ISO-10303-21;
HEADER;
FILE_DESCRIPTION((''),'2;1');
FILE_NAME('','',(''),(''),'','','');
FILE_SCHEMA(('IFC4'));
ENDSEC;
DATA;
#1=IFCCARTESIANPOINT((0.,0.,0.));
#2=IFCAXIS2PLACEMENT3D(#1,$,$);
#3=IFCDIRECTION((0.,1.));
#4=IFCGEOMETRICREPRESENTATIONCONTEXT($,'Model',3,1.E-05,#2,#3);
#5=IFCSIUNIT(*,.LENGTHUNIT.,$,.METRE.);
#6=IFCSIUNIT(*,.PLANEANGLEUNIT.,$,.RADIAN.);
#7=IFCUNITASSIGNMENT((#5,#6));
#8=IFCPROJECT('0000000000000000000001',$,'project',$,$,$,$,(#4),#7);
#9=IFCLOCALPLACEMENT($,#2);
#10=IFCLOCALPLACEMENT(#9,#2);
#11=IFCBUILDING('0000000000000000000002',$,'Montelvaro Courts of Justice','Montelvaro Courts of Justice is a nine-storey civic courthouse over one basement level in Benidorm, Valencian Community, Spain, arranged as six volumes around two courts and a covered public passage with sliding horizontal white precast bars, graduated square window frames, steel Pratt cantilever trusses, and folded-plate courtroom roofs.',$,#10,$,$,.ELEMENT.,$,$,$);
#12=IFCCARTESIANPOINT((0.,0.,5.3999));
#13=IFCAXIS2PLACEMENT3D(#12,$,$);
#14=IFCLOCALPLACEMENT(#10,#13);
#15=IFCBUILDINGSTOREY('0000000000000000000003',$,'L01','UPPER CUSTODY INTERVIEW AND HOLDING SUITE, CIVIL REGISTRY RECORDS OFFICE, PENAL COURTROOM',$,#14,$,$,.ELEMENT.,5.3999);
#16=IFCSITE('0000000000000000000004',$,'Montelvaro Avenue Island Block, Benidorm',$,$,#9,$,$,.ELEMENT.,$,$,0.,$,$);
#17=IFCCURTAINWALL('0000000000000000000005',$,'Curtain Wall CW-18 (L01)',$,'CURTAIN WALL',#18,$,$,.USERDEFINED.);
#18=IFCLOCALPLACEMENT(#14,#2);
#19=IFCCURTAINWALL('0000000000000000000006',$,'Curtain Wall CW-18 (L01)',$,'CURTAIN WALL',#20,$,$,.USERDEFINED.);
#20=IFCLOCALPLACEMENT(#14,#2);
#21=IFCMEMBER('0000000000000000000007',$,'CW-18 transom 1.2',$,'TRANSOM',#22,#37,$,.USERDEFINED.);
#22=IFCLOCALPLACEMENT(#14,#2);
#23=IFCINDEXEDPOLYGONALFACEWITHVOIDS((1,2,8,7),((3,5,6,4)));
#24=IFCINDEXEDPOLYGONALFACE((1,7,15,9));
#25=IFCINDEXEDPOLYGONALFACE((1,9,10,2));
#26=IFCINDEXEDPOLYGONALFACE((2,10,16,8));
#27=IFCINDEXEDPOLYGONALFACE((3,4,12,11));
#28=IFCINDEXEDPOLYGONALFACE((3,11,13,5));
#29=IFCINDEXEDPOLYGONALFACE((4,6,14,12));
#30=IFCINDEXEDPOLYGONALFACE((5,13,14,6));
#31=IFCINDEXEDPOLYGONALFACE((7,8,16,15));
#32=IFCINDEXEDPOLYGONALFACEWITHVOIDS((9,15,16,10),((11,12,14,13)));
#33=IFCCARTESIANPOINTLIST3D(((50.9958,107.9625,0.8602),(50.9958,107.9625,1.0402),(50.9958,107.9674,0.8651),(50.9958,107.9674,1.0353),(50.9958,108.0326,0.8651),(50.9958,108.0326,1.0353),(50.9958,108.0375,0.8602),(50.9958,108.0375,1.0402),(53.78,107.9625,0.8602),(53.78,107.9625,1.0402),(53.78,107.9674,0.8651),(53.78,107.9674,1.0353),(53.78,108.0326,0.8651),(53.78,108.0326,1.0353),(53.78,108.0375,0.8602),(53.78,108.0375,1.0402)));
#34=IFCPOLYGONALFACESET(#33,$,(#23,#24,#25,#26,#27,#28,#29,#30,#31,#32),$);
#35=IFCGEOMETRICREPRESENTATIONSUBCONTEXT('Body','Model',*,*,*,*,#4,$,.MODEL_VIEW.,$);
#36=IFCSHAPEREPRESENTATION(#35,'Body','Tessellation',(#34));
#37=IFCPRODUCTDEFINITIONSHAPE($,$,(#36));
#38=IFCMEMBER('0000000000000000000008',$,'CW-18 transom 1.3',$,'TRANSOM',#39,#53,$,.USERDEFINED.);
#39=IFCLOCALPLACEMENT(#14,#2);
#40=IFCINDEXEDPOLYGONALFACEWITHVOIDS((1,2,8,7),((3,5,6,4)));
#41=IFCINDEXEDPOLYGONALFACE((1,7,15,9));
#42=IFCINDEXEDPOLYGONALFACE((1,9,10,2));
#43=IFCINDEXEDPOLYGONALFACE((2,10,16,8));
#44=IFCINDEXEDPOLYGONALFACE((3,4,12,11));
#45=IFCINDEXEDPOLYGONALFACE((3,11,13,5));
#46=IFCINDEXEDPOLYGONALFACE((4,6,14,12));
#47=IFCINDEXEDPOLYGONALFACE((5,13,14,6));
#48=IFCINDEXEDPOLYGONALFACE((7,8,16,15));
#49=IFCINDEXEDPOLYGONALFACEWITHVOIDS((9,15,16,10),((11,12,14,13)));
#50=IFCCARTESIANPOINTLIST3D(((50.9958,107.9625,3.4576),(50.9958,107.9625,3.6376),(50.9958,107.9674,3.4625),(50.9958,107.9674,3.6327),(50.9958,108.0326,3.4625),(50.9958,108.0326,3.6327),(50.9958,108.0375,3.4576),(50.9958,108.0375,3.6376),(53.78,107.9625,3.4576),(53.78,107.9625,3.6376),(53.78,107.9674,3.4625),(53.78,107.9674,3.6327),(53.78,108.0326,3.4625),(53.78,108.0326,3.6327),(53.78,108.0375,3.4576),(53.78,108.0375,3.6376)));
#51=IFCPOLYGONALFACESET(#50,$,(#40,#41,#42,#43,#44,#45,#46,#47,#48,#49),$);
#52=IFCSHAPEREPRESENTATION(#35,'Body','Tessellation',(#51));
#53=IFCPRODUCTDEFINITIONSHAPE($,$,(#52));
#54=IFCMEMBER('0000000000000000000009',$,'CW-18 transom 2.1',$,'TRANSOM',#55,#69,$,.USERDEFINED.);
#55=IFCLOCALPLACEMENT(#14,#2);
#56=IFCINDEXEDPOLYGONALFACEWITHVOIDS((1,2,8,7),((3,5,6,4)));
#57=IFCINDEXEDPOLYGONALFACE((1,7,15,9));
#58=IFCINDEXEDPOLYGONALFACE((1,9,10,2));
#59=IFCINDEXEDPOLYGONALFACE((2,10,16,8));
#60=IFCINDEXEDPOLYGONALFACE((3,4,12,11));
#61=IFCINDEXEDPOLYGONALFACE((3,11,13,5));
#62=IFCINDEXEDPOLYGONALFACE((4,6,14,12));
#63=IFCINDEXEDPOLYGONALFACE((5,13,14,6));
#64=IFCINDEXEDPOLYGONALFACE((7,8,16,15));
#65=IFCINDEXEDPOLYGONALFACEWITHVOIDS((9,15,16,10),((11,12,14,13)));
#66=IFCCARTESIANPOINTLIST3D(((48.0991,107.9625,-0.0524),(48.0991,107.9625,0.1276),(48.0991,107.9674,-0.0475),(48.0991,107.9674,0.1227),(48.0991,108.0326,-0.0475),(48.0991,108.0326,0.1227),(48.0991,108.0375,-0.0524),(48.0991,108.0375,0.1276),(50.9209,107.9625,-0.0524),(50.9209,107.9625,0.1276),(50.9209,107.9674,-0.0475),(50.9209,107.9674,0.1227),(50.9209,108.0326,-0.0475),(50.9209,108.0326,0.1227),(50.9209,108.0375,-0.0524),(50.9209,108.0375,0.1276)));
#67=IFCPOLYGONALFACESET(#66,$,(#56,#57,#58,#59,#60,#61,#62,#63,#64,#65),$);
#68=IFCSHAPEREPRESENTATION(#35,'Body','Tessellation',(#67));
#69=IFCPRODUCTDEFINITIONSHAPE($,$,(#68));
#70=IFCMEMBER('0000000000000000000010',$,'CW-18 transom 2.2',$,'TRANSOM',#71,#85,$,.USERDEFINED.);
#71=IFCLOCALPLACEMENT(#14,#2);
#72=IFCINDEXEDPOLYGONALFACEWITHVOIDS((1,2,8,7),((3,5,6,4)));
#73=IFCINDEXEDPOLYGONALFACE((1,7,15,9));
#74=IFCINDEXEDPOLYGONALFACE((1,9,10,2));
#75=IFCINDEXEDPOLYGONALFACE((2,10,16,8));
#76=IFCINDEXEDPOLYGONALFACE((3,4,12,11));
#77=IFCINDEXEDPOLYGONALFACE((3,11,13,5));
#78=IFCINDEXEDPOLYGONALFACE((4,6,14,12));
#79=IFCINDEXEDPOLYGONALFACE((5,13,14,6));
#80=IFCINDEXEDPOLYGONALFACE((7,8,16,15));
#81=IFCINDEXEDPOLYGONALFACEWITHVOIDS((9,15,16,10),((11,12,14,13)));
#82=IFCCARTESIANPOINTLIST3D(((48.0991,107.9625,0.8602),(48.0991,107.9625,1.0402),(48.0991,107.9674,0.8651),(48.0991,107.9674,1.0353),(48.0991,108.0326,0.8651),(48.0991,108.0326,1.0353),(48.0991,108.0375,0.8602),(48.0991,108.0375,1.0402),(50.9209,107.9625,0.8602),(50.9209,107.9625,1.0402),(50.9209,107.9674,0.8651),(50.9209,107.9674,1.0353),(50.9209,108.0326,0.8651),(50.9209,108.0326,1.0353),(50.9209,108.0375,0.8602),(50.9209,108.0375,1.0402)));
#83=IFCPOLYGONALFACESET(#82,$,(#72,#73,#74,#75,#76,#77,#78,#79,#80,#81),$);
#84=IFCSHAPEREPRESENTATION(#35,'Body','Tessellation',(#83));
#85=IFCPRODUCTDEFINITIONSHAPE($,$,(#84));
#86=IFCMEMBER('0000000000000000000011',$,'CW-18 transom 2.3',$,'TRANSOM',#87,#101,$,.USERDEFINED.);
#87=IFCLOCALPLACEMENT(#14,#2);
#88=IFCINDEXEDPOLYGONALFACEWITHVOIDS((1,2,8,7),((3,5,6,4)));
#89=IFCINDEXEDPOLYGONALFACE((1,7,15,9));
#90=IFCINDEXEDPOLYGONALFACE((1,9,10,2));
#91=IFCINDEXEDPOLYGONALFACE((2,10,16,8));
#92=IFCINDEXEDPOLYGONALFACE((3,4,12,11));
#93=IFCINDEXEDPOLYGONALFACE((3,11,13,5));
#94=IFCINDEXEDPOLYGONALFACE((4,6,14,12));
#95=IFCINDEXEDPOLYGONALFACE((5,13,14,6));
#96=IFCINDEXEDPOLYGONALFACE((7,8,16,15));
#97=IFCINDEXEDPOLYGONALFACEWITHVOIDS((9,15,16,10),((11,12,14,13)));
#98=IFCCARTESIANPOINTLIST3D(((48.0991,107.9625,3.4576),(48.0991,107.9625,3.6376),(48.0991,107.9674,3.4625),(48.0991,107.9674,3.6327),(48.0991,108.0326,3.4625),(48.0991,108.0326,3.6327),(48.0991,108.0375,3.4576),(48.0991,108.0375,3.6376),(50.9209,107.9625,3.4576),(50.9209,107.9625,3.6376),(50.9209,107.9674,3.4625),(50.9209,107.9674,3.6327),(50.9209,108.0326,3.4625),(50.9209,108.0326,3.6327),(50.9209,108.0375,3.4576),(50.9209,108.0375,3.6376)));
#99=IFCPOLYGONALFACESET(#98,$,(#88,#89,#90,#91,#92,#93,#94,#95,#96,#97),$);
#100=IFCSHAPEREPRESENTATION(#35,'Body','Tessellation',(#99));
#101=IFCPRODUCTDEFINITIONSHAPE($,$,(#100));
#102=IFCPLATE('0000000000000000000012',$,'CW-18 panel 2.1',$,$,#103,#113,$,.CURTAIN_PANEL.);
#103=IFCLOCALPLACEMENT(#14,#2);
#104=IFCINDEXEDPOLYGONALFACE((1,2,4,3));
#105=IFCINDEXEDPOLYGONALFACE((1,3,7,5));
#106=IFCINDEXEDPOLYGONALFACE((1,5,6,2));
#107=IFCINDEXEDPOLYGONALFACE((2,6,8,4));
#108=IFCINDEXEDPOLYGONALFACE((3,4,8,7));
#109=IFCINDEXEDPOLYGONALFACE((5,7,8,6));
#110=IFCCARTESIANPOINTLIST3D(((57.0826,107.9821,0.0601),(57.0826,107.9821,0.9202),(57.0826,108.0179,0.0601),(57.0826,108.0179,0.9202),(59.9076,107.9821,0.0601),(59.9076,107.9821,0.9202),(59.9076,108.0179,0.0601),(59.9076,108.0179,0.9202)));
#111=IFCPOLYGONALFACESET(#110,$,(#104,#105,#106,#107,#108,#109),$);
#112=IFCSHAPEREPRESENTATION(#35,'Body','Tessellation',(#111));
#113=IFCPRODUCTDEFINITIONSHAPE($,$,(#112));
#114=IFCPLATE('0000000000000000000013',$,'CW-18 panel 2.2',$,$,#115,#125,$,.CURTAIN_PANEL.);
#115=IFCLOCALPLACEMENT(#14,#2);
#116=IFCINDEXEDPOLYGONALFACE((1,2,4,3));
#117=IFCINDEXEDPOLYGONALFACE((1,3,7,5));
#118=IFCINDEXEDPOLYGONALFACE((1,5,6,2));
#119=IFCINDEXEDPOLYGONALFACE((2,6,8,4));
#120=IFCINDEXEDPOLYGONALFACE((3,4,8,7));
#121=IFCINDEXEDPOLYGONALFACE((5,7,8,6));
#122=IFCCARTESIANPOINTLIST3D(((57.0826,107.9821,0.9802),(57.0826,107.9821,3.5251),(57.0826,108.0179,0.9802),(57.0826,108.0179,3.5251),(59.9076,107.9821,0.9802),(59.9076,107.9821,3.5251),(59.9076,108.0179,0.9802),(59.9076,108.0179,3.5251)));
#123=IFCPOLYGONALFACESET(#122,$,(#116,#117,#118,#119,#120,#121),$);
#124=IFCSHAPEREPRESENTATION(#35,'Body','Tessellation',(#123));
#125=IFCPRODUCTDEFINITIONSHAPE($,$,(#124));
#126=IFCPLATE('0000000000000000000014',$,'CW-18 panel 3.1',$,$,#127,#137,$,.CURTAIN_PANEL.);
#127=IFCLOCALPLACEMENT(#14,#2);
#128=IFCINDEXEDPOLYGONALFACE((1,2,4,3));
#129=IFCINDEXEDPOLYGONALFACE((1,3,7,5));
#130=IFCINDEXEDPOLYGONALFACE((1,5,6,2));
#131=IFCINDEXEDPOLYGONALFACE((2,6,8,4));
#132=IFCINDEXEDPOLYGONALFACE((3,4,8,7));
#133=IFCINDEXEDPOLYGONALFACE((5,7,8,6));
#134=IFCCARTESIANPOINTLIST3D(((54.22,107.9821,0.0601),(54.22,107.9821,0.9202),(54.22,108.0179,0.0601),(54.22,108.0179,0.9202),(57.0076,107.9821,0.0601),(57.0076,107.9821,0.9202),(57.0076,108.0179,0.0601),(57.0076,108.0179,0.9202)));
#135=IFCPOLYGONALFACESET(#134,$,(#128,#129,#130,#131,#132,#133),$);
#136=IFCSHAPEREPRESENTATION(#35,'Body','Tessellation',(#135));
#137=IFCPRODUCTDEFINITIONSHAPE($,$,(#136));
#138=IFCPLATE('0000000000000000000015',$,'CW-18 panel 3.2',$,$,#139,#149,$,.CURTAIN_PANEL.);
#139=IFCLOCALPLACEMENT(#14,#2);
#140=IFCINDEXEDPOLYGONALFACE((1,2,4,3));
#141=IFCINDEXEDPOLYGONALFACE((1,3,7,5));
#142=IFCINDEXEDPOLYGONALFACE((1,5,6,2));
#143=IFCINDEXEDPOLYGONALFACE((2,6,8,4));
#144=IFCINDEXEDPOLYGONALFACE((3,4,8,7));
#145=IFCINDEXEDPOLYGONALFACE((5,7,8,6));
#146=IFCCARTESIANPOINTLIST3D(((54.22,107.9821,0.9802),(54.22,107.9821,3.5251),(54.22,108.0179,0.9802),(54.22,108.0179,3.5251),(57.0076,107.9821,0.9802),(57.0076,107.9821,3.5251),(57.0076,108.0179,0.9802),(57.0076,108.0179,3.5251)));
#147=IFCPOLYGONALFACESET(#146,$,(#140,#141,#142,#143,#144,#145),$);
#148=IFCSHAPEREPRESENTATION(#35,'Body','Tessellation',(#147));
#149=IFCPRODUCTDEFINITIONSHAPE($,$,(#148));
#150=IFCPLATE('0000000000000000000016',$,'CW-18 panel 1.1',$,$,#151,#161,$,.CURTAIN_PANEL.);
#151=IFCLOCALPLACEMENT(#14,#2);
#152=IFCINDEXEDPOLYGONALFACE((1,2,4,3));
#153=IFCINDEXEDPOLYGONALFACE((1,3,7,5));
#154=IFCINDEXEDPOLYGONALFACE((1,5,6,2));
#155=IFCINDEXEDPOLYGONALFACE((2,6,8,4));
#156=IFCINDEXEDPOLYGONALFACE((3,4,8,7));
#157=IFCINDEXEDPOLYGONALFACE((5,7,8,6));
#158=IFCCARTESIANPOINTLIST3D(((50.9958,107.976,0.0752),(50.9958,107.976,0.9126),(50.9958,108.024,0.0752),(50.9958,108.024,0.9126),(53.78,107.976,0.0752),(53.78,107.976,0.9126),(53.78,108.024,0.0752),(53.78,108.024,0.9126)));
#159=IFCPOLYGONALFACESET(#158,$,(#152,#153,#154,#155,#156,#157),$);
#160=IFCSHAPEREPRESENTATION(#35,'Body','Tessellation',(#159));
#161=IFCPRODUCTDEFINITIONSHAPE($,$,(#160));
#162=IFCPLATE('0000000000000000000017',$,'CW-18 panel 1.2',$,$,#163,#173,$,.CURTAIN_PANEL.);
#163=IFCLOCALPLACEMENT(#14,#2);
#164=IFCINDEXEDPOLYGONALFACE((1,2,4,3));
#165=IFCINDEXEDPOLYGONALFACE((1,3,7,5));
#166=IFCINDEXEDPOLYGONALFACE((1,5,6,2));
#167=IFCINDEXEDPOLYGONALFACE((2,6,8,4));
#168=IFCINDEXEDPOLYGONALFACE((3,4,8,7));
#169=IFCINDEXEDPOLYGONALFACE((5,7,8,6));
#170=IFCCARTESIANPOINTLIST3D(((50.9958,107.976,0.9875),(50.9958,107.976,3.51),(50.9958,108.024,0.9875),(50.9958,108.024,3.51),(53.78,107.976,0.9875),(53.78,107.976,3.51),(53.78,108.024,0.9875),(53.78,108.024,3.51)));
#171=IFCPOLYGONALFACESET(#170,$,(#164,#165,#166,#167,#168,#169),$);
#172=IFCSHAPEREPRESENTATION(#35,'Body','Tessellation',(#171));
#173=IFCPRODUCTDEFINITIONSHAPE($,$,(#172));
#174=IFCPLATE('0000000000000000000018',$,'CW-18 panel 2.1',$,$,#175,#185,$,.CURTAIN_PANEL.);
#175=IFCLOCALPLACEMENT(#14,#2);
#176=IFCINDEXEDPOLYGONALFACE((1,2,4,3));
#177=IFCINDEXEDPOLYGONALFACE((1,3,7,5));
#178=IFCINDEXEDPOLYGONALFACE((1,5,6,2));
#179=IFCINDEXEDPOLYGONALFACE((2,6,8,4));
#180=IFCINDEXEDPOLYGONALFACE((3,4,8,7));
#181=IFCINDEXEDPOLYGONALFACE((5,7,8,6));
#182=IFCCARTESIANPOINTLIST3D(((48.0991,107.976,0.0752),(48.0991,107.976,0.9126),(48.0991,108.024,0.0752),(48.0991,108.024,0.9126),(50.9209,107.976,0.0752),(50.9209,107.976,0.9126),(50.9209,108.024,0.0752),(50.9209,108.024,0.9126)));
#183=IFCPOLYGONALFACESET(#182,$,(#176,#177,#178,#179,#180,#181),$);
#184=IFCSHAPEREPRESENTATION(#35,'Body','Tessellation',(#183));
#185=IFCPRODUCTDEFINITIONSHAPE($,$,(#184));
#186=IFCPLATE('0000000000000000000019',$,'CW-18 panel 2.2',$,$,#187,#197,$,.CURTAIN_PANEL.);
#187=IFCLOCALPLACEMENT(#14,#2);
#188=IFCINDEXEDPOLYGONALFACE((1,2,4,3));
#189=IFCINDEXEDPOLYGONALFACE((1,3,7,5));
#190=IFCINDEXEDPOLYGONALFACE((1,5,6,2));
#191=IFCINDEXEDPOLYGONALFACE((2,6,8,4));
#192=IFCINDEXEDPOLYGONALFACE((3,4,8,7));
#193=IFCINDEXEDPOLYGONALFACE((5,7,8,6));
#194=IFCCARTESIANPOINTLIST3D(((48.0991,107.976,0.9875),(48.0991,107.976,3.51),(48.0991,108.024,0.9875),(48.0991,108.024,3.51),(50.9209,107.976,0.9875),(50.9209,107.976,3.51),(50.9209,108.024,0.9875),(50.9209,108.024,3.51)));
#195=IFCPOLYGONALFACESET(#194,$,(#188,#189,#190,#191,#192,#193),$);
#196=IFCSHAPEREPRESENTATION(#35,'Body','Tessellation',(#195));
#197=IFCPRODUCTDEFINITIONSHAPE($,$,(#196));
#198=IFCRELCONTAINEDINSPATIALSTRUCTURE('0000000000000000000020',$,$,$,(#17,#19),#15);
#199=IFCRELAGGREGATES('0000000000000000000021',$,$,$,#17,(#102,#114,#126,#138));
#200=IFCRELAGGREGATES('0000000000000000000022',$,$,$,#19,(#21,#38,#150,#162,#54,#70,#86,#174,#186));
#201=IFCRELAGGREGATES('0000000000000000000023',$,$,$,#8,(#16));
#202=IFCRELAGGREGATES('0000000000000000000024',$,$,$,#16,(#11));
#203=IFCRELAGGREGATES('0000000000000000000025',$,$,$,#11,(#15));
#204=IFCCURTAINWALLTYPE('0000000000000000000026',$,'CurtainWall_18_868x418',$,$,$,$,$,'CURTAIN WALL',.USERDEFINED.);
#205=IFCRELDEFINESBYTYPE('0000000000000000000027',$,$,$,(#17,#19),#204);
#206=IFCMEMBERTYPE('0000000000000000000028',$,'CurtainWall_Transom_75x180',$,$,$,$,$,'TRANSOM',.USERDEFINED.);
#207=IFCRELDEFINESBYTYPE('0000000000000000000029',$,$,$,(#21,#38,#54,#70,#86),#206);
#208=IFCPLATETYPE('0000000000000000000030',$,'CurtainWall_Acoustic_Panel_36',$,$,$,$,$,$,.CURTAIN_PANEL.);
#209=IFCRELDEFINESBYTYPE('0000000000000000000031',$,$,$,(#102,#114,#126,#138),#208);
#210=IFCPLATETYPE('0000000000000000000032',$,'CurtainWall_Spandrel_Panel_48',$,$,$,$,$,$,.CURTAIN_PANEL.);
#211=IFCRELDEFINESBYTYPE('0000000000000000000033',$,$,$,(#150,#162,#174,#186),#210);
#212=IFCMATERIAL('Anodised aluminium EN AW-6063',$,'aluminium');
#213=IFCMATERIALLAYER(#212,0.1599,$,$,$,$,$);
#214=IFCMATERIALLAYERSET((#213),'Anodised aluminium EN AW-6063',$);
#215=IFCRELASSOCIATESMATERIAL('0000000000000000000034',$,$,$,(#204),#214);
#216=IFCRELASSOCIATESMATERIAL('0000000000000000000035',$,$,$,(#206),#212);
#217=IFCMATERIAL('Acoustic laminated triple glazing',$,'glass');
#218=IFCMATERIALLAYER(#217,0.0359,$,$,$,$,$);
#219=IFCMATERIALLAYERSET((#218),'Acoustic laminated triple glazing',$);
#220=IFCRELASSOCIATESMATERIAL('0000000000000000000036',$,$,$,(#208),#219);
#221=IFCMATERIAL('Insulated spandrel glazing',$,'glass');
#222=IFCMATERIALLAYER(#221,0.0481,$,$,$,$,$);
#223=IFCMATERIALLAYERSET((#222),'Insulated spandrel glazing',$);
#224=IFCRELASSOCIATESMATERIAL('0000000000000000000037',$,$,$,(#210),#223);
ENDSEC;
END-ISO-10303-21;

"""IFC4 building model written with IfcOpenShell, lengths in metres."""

from ifc_helpers import new_model, si_unit, direction, frame, origin, origin_2d, place, context, subcontext, project, spatial, rectangle, hollow_rectangle, extrude, material, layer, layer_set, material_profile, profile_set, type_object, element, aggregate, save


model = new_model("IFC4")

# Units and contexts
model_context = context("Model", 3, precision=1e-05, world=origin(), true_north=direction((0.0, 1.0)))
body_context = subcontext(model_context, "Body", "Model", "MODEL_VIEW")
ifc_project = project(units=[si_unit("LENGTHUNIT", "METRE"), si_unit("PLANEANGLEUNIT", "RADIAN")], contexts=[model_context])

# Site, building, storey
site_placement = place(None, origin())
site = spatial("IfcSite", under=ifc_project, at=site_placement, Name="Montelvaro Avenue Island Block, Benidorm", CompositionType="ELEMENT", RefElevation=0.0)
building_placement = place(site_placement, origin())
building = spatial("IfcBuilding", under=site, at=building_placement, Name="Montelvaro Courts of Justice", Description="Montelvaro Courts of Justice is a nine-storey civic courthouse over one basement level in Benidorm, Valencian Community, Spain, arranged as six volumes around two courts and a covered public passage with sliding horizontal white precast bars, graduated square window frames, steel Pratt cantilever trusses, and folded-plate courtroom roofs.", CompositionType="ELEMENT")
storey_placement = place(building_placement, frame((0.0, 0.0, 5.3999)))
storey = spatial("IfcBuildingStorey", under=building, at=storey_placement, Name="L01", Description="UPPER CUSTODY INTERVIEW AND HOLDING SUITE, CIVIL REGISTRY RECORDS OFFICE, PENAL COURTROOM", CompositionType="ELEMENT", Elevation=5.3999)

# Curtain walls
ifc_material_1 = material(Name="Anodised aluminium EN AW-6063", Category="aluminium")
ifc_layer_1 = layer(ifc_material_1, 0.1599)
ifc_layer_set_1 = layer_set([ifc_layer_1], Name="Anodised aluminium EN AW-6063")
curtain_wall_type = type_object("IfcCurtainWallType", Name="CurtainWall_18_868x418", ElementType="CURTAIN WALL", PredefinedType="USERDEFINED", material=ifc_layer_set_1)
curtain_wall_1_placement = place(storey_placement, origin())
curtain_wall_1 = element("IfcCurtainWall", 1, at=curtain_wall_1_placement, inside=storey, type_object=curtain_wall_type, Name="Curtain Wall CW-18 (L01)", ObjectType="CURTAIN WALL", PredefinedType="USERDEFINED")
curtain_wall_2_placement = place(storey_placement, origin())
curtain_wall_2 = element("IfcCurtainWall", 2, at=curtain_wall_2_placement, inside=storey, type_object=curtain_wall_type, Name="Curtain Wall CW-18 (L01)", ObjectType="CURTAIN WALL", PredefinedType="USERDEFINED")

# Members
ifc_material_profile_1 = material_profile(ifc_material_1, hollow_rectangle(XDim=0.075, YDim=0.1799, WallThickness=0.0049, at=origin_2d()), Name="ALU-T 75x180")
ifc_profile_set_1 = profile_set([ifc_material_profile_1], Name="Anodised aluminium EN AW-6063")
member_type_1 = type_object("IfcMemberType", Name="CurtainWall_Transom_75x180", ElementType="TRANSOM", PredefinedType="USERDEFINED", material=ifc_profile_set_1)
member_1_placement = place(storey_placement, frame((53.78, 108.0, 0.9502), z_axis=(-1.0, 0.0, 0.0), x_axis=(0.0, -1.0, 0.0)))
member_1 = element("IfcMember", 3, at=member_1_placement, type_object=member_type_1, Name="CW-18 transom 1.2", ObjectType="TRANSOM", PredefinedType="USERDEFINED", context=body_context, shape_type="SweptSolid", body=[
    extrude(hollow_rectangle(XDim=0.075, YDim=0.1799, WallThickness=0.0049, at=origin_2d()), origin(), (0.0, 0.0, 1.0), 2.7842),
])
member_2_placement = place(storey_placement, frame((53.78, 108.0, 3.5476), z_axis=(-1.0, 0.0, 0.0), x_axis=(0.0, -1.0, 0.0)))
member_2 = element("IfcMember", 4, at=member_2_placement, type_object=member_type_1, Name="CW-18 transom 1.3", ObjectType="TRANSOM", PredefinedType="USERDEFINED", context=body_context, shape_type="SweptSolid", body=[
    extrude(hollow_rectangle(XDim=0.075, YDim=0.1799, WallThickness=0.0049, at=origin_2d()), origin(), (0.0, 0.0, 1.0), 2.7842),
])
member_3_placement = place(storey_placement, frame((50.9209, 108.0, 0.0376), z_axis=(-1.0, 0.0, 0.0), x_axis=(0.0, -1.0, 0.0)))
member_3 = element("IfcMember", 5, at=member_3_placement, type_object=member_type_1, Name="CW-18 transom 2.1", ObjectType="TRANSOM", PredefinedType="USERDEFINED", context=body_context, shape_type="SweptSolid", body=[
    extrude(hollow_rectangle(XDim=0.075, YDim=0.1799, WallThickness=0.0049, at=origin_2d()), origin(), (0.0, 0.0, 1.0), 2.8218),
])
member_4_placement = place(storey_placement, frame((50.9209, 108.0, 0.9502), z_axis=(-1.0, 0.0, 0.0), x_axis=(0.0, -1.0, 0.0)))
member_4 = element("IfcMember", 6, at=member_4_placement, type_object=member_type_1, Name="CW-18 transom 2.2", ObjectType="TRANSOM", PredefinedType="USERDEFINED", context=body_context, shape_type="SweptSolid", body=[
    extrude(hollow_rectangle(XDim=0.075, YDim=0.1799, WallThickness=0.0049, at=origin_2d()), origin(), (0.0, 0.0, 1.0), 2.8218),
])
member_5_placement = place(storey_placement, frame((50.9209, 108.0, 3.5476), z_axis=(-1.0, 0.0, 0.0), x_axis=(0.0, -1.0, 0.0)))
member_5 = element("IfcMember", 7, at=member_5_placement, type_object=member_type_1, Name="CW-18 transom 2.3", ObjectType="TRANSOM", PredefinedType="USERDEFINED", context=body_context, shape_type="SweptSolid", body=[
    extrude(hollow_rectangle(XDim=0.075, YDim=0.1799, WallThickness=0.0049, at=origin_2d()), origin(), (0.0, 0.0, 1.0), 2.8218),
])

# Plates
ifc_material_2 = material(Name="Acoustic laminated triple glazing", Category="glass")
ifc_layer_2 = layer(ifc_material_2, 0.0359)
ifc_layer_set_2 = layer_set([ifc_layer_2], Name="Acoustic laminated triple glazing")
plate_type_1 = type_object("IfcPlateType", Name="CurtainWall_Acoustic_Panel_36", PredefinedType="CURTAIN_PANEL", material=ifc_layer_set_2)
plate_1_placement = place(storey_placement, frame((58.4951, 108.0, 0.0601), z_axis=(0.0, 0.0, 1.0), x_axis=(-1.0, 0.0, 0.0)))
plate_1 = element("IfcPlate", 8, at=plate_1_placement, type_object=plate_type_1, Name="CW-18 panel 2.1", PredefinedType="CURTAIN_PANEL", context=body_context, shape_type="SweptSolid", body=[
    extrude(rectangle(XDim=2.825, YDim=0.0359, at=origin_2d()), origin(), (0.0, 0.0, 1.0), 0.8601),
])
plate_2_placement = place(storey_placement, frame((58.4951, 108.0, 0.9802), z_axis=(0.0, 0.0, 1.0), x_axis=(-1.0, 0.0, 0.0)))
plate_2 = element("IfcPlate", 9, at=plate_2_placement, type_object=plate_type_1, Name="CW-18 panel 2.2", PredefinedType="CURTAIN_PANEL", context=body_context, shape_type="SweptSolid", body=[
    extrude(rectangle(XDim=2.825, YDim=0.0359, at=origin_2d()), origin(), (0.0, 0.0, 1.0), 2.5449),
])
plate_3_placement = place(storey_placement, frame((55.6138, 108.0, 0.0601), z_axis=(0.0, 0.0, 1.0), x_axis=(-1.0, 0.0, 0.0)))
plate_3 = element("IfcPlate", 10, at=plate_3_placement, type_object=plate_type_1, Name="CW-18 panel 3.1", PredefinedType="CURTAIN_PANEL", context=body_context, shape_type="SweptSolid", body=[
    extrude(rectangle(XDim=2.7876, YDim=0.0359, at=origin_2d()), origin(), (0.0, 0.0, 1.0), 0.8601),
])
plate_4_placement = place(storey_placement, frame((55.6138, 108.0, 0.9802), z_axis=(0.0, 0.0, 1.0), x_axis=(-1.0, 0.0, 0.0)))
plate_4 = element("IfcPlate", 11, at=plate_4_placement, type_object=plate_type_1, Name="CW-18 panel 3.2", PredefinedType="CURTAIN_PANEL", context=body_context, shape_type="SweptSolid", body=[
    extrude(rectangle(XDim=2.7876, YDim=0.0359, at=origin_2d()), origin(), (0.0, 0.0, 1.0), 2.5449),
])
aggregate(curtain_wall_1, [plate_1, plate_2, plate_3, plate_4])
ifc_material_3 = material(Name="Insulated spandrel glazing", Category="glass")
ifc_layer_3 = layer(ifc_material_3, 0.0481)
ifc_layer_set_3 = layer_set([ifc_layer_3], Name="Insulated spandrel glazing")
plate_type_2 = type_object("IfcPlateType", Name="CurtainWall_Spandrel_Panel_48", PredefinedType="CURTAIN_PANEL", material=ifc_layer_set_3)
plate_5_placement = place(storey_placement, frame((52.3879, 108.0, 0.0752), z_axis=(0.0, 0.0, 1.0), x_axis=(-1.0, 0.0, 0.0)))
plate_5 = element("IfcPlate", 12, at=plate_5_placement, type_object=plate_type_2, Name="CW-18 panel 1.1", PredefinedType="CURTAIN_PANEL", context=body_context, shape_type="SweptSolid", body=[
    extrude(rectangle(XDim=2.7842, YDim=0.0481, at=origin_2d()), origin(), (0.0, 0.0, 1.0), 0.8374),
])
plate_6_placement = place(storey_placement, frame((52.3879, 108.0, 0.9875), z_axis=(0.0, 0.0, 1.0), x_axis=(-1.0, 0.0, 0.0)))
plate_6 = element("IfcPlate", 13, at=plate_6_placement, type_object=plate_type_2, Name="CW-18 panel 1.2", PredefinedType="CURTAIN_PANEL", context=body_context, shape_type="SweptSolid", body=[
    extrude(rectangle(XDim=2.7842, YDim=0.0481, at=origin_2d()), origin(), (0.0, 0.0, 1.0), 2.5225),
])
plate_7_placement = place(storey_placement, frame((49.51, 108.0, 0.0752), z_axis=(0.0, 0.0, 1.0), x_axis=(-1.0, 0.0, 0.0)))
plate_7 = element("IfcPlate", 14, at=plate_7_placement, type_object=plate_type_2, Name="CW-18 panel 2.1", PredefinedType="CURTAIN_PANEL", context=body_context, shape_type="SweptSolid", body=[
    extrude(rectangle(XDim=2.8218, YDim=0.0481, at=origin_2d()), origin(), (0.0, 0.0, 1.0), 0.8374),
])
plate_8_placement = place(storey_placement, frame((49.51, 108.0, 0.9875), z_axis=(0.0, 0.0, 1.0), x_axis=(-1.0, 0.0, 0.0)))
plate_8 = element("IfcPlate", 15, at=plate_8_placement, type_object=plate_type_2, Name="CW-18 panel 2.2", PredefinedType="CURTAIN_PANEL", context=body_context, shape_type="SweptSolid", body=[
    extrude(rectangle(XDim=2.8218, YDim=0.0481, at=origin_2d()), origin(), (0.0, 0.0, 1.0), 2.5225),
])
aggregate(curtain_wall_2, [member_1, member_2, plate_5, plate_6, member_3, member_4, member_5, plate_7, plate_8])

save(model, "model.ifc")
